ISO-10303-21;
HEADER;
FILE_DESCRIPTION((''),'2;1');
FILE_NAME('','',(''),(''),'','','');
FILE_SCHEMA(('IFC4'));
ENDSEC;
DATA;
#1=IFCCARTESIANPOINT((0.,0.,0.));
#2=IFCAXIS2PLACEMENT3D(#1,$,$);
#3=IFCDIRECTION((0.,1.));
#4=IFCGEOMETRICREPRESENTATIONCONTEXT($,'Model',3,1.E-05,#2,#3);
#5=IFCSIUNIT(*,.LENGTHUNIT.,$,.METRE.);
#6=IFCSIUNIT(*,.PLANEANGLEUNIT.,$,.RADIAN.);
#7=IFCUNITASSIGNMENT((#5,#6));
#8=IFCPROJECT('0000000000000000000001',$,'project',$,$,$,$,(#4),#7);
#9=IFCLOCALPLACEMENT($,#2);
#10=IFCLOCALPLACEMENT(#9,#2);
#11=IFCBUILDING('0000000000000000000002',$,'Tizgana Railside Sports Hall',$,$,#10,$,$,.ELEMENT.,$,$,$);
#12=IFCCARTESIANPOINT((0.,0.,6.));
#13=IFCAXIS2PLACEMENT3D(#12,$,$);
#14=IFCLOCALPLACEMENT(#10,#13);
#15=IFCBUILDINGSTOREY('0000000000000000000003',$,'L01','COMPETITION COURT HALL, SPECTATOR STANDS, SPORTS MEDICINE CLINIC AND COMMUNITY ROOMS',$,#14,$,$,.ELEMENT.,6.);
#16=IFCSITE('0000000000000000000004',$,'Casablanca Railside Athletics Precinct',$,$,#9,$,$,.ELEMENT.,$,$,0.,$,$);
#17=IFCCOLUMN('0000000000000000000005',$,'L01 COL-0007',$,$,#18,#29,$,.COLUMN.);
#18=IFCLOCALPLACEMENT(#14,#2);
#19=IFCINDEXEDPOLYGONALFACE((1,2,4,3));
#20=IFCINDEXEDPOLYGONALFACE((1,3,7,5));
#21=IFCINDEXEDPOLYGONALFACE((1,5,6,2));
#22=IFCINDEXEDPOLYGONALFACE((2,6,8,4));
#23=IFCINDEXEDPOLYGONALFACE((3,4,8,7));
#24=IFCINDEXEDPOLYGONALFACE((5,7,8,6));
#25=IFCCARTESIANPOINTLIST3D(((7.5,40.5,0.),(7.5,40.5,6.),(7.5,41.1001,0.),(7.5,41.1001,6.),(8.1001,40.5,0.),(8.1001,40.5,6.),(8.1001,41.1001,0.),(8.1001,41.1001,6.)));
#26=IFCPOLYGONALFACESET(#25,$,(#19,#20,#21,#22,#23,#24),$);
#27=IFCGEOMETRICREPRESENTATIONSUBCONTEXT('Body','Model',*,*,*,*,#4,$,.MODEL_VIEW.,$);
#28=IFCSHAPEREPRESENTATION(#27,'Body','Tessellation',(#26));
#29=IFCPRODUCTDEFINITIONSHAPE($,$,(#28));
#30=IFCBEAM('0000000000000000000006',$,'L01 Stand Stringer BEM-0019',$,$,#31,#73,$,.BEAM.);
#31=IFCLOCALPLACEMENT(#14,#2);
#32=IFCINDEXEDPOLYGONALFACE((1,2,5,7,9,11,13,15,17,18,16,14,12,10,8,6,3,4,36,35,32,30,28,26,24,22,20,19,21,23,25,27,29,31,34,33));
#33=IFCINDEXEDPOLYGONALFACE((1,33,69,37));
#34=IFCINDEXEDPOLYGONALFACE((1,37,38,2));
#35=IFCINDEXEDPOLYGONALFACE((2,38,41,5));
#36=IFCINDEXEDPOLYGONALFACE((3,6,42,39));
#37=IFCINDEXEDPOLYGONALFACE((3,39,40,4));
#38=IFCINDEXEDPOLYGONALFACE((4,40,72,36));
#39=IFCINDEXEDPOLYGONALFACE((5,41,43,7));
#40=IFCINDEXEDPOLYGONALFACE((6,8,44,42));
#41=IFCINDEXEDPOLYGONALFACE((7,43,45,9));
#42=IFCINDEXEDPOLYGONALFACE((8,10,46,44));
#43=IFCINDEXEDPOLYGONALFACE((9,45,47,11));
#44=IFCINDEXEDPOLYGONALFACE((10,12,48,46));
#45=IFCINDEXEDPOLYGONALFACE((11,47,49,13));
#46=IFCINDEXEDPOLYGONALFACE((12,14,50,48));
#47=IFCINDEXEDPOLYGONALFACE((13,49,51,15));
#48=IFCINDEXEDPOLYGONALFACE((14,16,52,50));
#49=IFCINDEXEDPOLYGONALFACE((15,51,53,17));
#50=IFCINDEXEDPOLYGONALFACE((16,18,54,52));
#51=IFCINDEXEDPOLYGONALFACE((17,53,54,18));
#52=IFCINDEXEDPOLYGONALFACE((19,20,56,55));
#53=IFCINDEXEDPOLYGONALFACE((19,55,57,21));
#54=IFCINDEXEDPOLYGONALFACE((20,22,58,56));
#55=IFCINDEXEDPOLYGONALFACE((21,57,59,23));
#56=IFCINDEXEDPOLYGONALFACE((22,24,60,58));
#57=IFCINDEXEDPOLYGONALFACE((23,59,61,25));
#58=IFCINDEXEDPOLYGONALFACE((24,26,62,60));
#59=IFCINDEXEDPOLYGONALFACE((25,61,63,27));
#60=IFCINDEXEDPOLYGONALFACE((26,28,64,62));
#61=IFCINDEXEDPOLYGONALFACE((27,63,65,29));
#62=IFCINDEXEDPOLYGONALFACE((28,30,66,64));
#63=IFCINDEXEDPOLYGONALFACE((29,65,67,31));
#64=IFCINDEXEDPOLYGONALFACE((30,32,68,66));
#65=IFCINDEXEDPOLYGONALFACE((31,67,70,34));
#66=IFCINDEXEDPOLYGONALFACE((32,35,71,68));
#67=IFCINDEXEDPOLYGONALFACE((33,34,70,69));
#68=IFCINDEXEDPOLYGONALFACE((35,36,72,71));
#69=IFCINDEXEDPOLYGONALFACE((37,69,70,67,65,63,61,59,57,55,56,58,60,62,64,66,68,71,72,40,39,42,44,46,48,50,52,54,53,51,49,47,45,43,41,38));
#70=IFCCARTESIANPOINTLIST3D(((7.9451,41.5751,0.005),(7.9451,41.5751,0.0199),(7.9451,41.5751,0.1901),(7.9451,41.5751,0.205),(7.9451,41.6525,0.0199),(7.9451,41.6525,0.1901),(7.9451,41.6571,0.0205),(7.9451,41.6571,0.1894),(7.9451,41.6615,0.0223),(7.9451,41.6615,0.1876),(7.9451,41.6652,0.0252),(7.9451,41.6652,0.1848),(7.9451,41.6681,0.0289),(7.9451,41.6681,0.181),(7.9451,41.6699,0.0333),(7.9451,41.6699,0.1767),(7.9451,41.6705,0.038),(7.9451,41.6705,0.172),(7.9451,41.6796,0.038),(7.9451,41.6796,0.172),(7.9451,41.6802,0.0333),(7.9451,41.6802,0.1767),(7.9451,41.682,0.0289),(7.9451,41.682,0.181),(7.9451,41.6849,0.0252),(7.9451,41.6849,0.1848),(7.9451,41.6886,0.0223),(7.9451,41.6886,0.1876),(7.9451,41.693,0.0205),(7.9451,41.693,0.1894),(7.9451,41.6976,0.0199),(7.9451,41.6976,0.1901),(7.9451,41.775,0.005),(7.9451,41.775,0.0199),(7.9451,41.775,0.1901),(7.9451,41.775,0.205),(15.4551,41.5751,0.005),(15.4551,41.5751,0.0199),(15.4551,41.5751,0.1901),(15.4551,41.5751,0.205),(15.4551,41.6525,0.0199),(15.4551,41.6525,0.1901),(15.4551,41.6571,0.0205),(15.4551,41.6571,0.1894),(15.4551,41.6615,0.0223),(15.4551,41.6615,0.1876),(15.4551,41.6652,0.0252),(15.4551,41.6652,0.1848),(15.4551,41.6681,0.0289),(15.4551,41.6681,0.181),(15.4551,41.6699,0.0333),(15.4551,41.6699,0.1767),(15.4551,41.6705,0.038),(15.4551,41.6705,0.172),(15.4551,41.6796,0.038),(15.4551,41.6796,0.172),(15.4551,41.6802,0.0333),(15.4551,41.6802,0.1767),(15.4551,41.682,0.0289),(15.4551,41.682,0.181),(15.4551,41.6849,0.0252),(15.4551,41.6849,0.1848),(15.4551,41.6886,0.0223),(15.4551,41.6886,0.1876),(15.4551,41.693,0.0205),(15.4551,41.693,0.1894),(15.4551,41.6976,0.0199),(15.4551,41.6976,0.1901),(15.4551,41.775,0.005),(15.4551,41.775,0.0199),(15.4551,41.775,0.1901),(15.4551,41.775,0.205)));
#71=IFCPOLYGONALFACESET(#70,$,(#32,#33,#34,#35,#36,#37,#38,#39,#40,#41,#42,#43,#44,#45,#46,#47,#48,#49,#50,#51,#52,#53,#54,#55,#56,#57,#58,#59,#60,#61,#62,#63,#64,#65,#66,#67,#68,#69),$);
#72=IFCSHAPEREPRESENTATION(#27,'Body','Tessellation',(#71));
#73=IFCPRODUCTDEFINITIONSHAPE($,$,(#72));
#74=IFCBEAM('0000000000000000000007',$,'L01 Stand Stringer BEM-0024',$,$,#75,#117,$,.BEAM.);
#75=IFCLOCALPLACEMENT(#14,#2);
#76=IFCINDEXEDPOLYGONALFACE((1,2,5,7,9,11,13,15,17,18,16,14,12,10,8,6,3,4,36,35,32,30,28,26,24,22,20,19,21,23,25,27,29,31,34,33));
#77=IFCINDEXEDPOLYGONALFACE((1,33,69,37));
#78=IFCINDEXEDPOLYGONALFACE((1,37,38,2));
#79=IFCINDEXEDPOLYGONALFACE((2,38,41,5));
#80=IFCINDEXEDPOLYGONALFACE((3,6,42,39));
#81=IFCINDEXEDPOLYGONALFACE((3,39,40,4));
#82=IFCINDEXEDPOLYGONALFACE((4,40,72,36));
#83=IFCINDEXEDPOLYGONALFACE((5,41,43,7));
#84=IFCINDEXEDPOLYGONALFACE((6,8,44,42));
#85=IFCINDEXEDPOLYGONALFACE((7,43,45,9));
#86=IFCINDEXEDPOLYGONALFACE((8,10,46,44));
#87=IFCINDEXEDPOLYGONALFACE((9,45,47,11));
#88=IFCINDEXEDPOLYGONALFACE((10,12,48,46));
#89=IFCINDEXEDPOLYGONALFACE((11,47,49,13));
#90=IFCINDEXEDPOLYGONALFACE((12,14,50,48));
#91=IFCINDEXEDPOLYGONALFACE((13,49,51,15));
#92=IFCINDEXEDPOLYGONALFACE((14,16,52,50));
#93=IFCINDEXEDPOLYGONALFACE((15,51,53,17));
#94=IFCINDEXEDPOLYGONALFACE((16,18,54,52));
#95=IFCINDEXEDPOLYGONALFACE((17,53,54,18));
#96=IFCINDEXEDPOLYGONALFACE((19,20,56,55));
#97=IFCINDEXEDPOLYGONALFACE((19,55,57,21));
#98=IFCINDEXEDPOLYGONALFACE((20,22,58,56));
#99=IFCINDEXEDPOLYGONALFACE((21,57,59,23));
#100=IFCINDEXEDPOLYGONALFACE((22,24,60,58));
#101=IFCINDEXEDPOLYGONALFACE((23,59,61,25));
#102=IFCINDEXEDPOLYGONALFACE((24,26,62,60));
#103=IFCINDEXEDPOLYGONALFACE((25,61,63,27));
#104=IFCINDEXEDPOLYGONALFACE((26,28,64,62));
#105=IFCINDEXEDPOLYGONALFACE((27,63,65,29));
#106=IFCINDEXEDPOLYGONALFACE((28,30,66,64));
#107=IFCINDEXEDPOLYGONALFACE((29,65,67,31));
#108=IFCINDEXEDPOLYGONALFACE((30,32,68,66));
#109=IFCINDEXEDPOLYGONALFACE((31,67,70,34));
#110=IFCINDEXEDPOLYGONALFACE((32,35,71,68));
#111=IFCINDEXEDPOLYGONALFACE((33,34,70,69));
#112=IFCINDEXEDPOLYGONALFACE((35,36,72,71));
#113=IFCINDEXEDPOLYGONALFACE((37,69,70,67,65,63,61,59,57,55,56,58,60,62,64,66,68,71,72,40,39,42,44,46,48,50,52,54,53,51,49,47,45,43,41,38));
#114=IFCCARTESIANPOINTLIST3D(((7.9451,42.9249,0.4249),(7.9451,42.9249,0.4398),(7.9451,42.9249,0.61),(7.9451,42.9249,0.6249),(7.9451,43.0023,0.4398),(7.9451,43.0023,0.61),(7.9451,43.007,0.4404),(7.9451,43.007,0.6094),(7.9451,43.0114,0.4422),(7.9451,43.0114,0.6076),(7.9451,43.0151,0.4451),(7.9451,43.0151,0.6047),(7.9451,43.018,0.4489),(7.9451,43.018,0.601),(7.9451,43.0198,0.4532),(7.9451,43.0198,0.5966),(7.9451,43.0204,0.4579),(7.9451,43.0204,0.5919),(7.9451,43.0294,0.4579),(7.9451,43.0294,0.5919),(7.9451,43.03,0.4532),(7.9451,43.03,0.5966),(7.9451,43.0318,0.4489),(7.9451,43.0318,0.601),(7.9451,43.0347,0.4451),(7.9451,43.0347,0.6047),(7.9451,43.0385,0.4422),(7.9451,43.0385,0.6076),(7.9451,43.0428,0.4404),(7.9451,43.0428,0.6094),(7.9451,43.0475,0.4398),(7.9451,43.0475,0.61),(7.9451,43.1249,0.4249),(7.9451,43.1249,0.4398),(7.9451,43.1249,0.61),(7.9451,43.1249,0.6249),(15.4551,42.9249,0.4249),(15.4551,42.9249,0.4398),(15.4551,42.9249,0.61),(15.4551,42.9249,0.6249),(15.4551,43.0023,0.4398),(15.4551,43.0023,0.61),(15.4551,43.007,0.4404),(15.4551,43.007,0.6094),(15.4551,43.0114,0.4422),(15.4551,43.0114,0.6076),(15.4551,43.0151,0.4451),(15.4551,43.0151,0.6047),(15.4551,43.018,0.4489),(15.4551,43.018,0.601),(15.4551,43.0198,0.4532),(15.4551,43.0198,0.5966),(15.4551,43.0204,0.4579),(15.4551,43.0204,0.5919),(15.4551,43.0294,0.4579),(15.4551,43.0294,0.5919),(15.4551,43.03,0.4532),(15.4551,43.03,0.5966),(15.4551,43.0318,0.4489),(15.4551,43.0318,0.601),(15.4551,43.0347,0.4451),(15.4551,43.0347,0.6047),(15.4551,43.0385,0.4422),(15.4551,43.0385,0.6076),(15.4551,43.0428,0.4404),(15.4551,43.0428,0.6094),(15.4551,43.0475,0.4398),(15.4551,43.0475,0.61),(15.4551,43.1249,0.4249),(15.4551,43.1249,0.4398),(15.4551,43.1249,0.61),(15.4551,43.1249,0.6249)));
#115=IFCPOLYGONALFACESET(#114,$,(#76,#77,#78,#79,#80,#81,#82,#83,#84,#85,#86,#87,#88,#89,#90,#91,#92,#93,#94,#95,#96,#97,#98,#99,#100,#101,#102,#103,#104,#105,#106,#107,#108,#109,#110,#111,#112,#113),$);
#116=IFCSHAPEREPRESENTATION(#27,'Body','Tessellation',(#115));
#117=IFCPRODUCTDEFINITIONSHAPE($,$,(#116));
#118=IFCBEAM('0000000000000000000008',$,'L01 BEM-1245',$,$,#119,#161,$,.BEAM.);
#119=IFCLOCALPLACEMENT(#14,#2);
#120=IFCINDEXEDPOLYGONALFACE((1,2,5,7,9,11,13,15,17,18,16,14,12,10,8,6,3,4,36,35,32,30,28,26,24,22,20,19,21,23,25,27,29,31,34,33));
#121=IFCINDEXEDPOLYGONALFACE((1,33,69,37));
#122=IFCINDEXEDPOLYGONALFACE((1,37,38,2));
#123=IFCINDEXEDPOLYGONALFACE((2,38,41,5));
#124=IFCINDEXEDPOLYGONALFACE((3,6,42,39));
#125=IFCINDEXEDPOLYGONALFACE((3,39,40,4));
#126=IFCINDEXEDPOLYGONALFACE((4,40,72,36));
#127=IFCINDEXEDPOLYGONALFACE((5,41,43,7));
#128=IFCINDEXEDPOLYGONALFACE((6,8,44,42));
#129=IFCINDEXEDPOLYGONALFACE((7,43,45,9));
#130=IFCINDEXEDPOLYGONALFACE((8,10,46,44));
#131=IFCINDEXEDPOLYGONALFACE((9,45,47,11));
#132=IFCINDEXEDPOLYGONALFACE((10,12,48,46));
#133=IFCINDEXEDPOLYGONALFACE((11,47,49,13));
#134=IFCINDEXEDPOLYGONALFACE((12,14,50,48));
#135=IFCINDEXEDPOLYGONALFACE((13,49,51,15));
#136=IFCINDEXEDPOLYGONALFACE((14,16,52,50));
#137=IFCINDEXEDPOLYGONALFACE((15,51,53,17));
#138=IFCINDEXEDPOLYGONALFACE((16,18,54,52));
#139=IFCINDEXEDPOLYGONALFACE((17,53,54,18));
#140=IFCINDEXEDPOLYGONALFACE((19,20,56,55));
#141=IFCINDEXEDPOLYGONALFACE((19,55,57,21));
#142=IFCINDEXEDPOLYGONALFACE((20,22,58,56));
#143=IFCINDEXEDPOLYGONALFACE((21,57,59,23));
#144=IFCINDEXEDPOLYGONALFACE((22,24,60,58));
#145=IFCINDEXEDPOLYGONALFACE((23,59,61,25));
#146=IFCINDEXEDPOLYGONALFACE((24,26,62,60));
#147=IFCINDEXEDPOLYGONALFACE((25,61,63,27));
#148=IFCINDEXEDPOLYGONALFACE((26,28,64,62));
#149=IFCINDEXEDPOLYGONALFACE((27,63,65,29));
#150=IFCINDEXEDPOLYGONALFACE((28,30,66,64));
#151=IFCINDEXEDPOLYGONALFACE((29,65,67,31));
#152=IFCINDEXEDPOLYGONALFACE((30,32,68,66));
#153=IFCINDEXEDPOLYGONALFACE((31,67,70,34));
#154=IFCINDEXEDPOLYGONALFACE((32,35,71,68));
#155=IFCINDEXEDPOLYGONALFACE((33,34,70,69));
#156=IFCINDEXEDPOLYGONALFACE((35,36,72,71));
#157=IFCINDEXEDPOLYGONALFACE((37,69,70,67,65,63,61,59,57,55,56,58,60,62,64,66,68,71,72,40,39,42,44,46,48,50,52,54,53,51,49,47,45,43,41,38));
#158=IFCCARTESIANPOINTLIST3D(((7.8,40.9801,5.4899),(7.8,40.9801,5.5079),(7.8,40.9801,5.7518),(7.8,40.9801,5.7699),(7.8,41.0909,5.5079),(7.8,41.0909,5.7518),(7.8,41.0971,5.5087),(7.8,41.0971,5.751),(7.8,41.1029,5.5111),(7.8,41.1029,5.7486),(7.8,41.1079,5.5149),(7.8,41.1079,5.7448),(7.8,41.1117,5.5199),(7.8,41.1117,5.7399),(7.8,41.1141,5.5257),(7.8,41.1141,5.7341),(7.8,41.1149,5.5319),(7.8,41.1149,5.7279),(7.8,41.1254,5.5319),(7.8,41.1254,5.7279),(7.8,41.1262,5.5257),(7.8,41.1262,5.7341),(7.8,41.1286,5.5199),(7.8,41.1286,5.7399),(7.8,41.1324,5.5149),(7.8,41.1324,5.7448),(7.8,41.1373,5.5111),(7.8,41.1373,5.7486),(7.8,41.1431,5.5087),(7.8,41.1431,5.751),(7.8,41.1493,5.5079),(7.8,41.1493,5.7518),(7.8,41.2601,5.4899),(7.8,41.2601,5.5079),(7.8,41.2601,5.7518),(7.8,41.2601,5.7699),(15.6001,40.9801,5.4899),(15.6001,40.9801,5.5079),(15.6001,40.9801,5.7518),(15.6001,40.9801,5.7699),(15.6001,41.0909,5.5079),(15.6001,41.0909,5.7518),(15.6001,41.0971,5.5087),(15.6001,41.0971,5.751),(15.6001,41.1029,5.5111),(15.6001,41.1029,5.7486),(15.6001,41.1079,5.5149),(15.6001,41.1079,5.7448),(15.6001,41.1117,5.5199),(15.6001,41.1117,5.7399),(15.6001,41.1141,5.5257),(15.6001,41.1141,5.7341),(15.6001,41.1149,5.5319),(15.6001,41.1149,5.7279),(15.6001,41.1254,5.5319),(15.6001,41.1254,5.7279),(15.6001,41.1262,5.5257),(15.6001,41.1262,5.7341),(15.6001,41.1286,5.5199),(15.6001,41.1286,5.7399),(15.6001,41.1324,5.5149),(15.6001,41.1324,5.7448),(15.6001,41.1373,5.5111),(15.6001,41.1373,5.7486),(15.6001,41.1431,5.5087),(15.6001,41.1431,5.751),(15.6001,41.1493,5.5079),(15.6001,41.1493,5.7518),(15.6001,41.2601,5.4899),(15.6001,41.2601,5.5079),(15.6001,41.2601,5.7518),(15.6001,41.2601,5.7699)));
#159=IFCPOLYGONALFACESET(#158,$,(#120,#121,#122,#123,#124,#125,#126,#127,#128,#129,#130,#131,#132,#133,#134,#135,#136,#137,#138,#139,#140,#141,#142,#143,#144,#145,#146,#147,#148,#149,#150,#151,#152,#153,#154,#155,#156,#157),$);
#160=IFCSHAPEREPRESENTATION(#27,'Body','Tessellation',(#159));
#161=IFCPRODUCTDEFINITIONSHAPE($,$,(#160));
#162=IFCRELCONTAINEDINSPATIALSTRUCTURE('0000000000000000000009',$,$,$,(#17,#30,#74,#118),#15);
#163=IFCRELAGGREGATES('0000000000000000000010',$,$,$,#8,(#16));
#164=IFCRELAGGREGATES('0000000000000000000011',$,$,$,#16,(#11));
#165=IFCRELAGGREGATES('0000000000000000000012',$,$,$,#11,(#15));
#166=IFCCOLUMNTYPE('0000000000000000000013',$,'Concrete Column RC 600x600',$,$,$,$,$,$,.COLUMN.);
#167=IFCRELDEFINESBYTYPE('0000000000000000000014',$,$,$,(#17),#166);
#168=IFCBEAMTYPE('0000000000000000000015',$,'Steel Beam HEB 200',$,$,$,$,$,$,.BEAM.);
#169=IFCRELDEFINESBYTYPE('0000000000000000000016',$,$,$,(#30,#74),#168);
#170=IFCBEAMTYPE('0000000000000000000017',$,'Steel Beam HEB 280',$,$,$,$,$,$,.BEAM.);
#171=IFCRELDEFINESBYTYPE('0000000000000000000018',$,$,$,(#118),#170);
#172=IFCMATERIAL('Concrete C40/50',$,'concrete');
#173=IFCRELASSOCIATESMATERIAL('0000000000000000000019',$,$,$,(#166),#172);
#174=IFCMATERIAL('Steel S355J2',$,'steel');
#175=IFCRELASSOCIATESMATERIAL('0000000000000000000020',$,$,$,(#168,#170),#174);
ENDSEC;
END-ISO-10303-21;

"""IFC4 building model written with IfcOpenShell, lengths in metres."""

from ifc_helpers import new_model, si_unit, direction, frame, origin, origin_2d, place, context, subcontext, project, spatial, rectangle, i_section, extrude, material, material_profile, profile_set, type_object, element, save


model = new_model("IFC4")

# Units and contexts
model_context = context("Model", 3, precision=1e-05, world=origin(), true_north=direction((0.0, 1.0)))
body_context = subcontext(model_context, "Body", "Model", "MODEL_VIEW")
ifc_project = project(units=[si_unit("LENGTHUNIT", "METRE"), si_unit("PLANEANGLEUNIT", "RADIAN")], contexts=[model_context])

# Site, building, storey
site_placement = place(None, origin())
site = spatial("IfcSite", under=ifc_project, at=site_placement, Name="Casablanca Railside Athletics Precinct", CompositionType="ELEMENT", RefElevation=0.0)
building_placement = place(site_placement, origin())
building = spatial("IfcBuilding", under=site, at=building_placement, Name="Tizgana Railside Sports Hall", CompositionType="ELEMENT")
storey_placement = place(building_placement, frame((0.0, 0.0, 6.0)))
storey = spatial("IfcBuildingStorey", under=building, at=storey_placement, Name="L01", Description="COMPETITION COURT HALL, SPECTATOR STANDS, SPORTS MEDICINE CLINIC AND COMMUNITY ROOMS", CompositionType="ELEMENT", Elevation=6.0)

# Column
ifc_material_1 = material(Name="Concrete C40/50", Category="concrete")
ifc_material_profile_1 = material_profile(ifc_material_1, rectangle(XDim=0.6001, YDim=0.6001, at=origin_2d()), Name="RC 600x600")
ifc_profile_set_1 = profile_set([ifc_material_profile_1], Name="Concrete C40/50")
column_type = type_object("IfcColumnType", Name="Concrete Column RC 600x600", PredefinedType="COLUMN", material=ifc_profile_set_1)
column_placement = place(storey_placement, frame((7.8, 40.8, 0.0), z_axis=(0.0, 0.0, 1.0), x_axis=(1.0, 0.0, 0.0)))
element("IfcColumn", 1, at=column_placement, inside=storey, type_object=column_type, Name="L01 COL-0007", PredefinedType="COLUMN", context=body_context, shape_type="SweptSolid", body=[
    extrude(rectangle(XDim=0.6001, YDim=0.6001, at=origin_2d()), origin(), (0.0, 0.0, 1.0), 6.0),
])

# Beams
ifc_material_2 = material(Name="Steel S355J2", Category="steel")
ifc_material_profile_2 = material_profile(ifc_material_2, i_section(OverallWidth=0.2, OverallDepth=0.2, WebThickness=0.009, FlangeThickness=0.0149, FilletRadius=0.0181, at=origin_2d()), Name="HEB 200")
ifc_profile_set_2 = profile_set([ifc_material_profile_2], Name="Steel S355J2")
beam_type_1 = type_object("IfcBeamType", Name="Steel Beam HEB 200", PredefinedType="BEAM", material=ifc_profile_set_2)
for number, where, z_axis, x_axis, name in (
    (2, (7.9451, 41.675, 0.105), (1.0, 0.0, 0.0), (0.0, 1.0, 0.0), "L01 Stand Stringer BEM-0019"),
    (3, (7.9451, 43.0249, 0.5249), (1.0, 0.0, 0.0), (0.0, 1.0, 0.0), "L01 Stand Stringer BEM-0024"),
):
    element("IfcBeam", number, at=place(storey_placement, frame(where, z_axis=z_axis, x_axis=x_axis)), inside=storey, type_object=beam_type_1, Name=name, PredefinedType="BEAM", context=body_context, shape_type="SweptSolid", body=[
        extrude(i_section(OverallWidth=0.2, OverallDepth=0.2, WebThickness=0.009, FlangeThickness=0.0149, FilletRadius=0.0181, at=origin_2d()), origin(), (0.0, 0.0, 1.0), 7.51),
    ])
ifc_material_profile_3 = material_profile(ifc_material_2, i_section(OverallWidth=0.28, OverallDepth=0.28, WebThickness=0.0105, FlangeThickness=0.0181, FilletRadius=0.0239, at=origin_2d()), Name="HEB 280")
ifc_profile_set_3 = profile_set([ifc_material_profile_3], Name="Steel S355J2")
beam_type_2 = type_object("IfcBeamType", Name="Steel Beam HEB 280", PredefinedType="BEAM", material=ifc_profile_set_3)
beam_1_placement = place(storey_placement, frame((7.8, 41.1201, 5.6299), z_axis=(1.0, 0.0, 0.0), x_axis=(0.0, 1.0, 0.0)))
element("IfcBeam", 4, at=beam_1_placement, inside=storey, type_object=beam_type_2, Name="L01 BEM-1245", PredefinedType="BEAM", context=body_context, shape_type="SweptSolid", body=[
    extrude(i_section(OverallWidth=0.28, OverallDepth=0.28, WebThickness=0.0105, FlangeThickness=0.0181, FilletRadius=0.0239, at=origin_2d()), origin(), (0.0, 0.0, 1.0), 7.8),
])

save(model, "model.ifc")
